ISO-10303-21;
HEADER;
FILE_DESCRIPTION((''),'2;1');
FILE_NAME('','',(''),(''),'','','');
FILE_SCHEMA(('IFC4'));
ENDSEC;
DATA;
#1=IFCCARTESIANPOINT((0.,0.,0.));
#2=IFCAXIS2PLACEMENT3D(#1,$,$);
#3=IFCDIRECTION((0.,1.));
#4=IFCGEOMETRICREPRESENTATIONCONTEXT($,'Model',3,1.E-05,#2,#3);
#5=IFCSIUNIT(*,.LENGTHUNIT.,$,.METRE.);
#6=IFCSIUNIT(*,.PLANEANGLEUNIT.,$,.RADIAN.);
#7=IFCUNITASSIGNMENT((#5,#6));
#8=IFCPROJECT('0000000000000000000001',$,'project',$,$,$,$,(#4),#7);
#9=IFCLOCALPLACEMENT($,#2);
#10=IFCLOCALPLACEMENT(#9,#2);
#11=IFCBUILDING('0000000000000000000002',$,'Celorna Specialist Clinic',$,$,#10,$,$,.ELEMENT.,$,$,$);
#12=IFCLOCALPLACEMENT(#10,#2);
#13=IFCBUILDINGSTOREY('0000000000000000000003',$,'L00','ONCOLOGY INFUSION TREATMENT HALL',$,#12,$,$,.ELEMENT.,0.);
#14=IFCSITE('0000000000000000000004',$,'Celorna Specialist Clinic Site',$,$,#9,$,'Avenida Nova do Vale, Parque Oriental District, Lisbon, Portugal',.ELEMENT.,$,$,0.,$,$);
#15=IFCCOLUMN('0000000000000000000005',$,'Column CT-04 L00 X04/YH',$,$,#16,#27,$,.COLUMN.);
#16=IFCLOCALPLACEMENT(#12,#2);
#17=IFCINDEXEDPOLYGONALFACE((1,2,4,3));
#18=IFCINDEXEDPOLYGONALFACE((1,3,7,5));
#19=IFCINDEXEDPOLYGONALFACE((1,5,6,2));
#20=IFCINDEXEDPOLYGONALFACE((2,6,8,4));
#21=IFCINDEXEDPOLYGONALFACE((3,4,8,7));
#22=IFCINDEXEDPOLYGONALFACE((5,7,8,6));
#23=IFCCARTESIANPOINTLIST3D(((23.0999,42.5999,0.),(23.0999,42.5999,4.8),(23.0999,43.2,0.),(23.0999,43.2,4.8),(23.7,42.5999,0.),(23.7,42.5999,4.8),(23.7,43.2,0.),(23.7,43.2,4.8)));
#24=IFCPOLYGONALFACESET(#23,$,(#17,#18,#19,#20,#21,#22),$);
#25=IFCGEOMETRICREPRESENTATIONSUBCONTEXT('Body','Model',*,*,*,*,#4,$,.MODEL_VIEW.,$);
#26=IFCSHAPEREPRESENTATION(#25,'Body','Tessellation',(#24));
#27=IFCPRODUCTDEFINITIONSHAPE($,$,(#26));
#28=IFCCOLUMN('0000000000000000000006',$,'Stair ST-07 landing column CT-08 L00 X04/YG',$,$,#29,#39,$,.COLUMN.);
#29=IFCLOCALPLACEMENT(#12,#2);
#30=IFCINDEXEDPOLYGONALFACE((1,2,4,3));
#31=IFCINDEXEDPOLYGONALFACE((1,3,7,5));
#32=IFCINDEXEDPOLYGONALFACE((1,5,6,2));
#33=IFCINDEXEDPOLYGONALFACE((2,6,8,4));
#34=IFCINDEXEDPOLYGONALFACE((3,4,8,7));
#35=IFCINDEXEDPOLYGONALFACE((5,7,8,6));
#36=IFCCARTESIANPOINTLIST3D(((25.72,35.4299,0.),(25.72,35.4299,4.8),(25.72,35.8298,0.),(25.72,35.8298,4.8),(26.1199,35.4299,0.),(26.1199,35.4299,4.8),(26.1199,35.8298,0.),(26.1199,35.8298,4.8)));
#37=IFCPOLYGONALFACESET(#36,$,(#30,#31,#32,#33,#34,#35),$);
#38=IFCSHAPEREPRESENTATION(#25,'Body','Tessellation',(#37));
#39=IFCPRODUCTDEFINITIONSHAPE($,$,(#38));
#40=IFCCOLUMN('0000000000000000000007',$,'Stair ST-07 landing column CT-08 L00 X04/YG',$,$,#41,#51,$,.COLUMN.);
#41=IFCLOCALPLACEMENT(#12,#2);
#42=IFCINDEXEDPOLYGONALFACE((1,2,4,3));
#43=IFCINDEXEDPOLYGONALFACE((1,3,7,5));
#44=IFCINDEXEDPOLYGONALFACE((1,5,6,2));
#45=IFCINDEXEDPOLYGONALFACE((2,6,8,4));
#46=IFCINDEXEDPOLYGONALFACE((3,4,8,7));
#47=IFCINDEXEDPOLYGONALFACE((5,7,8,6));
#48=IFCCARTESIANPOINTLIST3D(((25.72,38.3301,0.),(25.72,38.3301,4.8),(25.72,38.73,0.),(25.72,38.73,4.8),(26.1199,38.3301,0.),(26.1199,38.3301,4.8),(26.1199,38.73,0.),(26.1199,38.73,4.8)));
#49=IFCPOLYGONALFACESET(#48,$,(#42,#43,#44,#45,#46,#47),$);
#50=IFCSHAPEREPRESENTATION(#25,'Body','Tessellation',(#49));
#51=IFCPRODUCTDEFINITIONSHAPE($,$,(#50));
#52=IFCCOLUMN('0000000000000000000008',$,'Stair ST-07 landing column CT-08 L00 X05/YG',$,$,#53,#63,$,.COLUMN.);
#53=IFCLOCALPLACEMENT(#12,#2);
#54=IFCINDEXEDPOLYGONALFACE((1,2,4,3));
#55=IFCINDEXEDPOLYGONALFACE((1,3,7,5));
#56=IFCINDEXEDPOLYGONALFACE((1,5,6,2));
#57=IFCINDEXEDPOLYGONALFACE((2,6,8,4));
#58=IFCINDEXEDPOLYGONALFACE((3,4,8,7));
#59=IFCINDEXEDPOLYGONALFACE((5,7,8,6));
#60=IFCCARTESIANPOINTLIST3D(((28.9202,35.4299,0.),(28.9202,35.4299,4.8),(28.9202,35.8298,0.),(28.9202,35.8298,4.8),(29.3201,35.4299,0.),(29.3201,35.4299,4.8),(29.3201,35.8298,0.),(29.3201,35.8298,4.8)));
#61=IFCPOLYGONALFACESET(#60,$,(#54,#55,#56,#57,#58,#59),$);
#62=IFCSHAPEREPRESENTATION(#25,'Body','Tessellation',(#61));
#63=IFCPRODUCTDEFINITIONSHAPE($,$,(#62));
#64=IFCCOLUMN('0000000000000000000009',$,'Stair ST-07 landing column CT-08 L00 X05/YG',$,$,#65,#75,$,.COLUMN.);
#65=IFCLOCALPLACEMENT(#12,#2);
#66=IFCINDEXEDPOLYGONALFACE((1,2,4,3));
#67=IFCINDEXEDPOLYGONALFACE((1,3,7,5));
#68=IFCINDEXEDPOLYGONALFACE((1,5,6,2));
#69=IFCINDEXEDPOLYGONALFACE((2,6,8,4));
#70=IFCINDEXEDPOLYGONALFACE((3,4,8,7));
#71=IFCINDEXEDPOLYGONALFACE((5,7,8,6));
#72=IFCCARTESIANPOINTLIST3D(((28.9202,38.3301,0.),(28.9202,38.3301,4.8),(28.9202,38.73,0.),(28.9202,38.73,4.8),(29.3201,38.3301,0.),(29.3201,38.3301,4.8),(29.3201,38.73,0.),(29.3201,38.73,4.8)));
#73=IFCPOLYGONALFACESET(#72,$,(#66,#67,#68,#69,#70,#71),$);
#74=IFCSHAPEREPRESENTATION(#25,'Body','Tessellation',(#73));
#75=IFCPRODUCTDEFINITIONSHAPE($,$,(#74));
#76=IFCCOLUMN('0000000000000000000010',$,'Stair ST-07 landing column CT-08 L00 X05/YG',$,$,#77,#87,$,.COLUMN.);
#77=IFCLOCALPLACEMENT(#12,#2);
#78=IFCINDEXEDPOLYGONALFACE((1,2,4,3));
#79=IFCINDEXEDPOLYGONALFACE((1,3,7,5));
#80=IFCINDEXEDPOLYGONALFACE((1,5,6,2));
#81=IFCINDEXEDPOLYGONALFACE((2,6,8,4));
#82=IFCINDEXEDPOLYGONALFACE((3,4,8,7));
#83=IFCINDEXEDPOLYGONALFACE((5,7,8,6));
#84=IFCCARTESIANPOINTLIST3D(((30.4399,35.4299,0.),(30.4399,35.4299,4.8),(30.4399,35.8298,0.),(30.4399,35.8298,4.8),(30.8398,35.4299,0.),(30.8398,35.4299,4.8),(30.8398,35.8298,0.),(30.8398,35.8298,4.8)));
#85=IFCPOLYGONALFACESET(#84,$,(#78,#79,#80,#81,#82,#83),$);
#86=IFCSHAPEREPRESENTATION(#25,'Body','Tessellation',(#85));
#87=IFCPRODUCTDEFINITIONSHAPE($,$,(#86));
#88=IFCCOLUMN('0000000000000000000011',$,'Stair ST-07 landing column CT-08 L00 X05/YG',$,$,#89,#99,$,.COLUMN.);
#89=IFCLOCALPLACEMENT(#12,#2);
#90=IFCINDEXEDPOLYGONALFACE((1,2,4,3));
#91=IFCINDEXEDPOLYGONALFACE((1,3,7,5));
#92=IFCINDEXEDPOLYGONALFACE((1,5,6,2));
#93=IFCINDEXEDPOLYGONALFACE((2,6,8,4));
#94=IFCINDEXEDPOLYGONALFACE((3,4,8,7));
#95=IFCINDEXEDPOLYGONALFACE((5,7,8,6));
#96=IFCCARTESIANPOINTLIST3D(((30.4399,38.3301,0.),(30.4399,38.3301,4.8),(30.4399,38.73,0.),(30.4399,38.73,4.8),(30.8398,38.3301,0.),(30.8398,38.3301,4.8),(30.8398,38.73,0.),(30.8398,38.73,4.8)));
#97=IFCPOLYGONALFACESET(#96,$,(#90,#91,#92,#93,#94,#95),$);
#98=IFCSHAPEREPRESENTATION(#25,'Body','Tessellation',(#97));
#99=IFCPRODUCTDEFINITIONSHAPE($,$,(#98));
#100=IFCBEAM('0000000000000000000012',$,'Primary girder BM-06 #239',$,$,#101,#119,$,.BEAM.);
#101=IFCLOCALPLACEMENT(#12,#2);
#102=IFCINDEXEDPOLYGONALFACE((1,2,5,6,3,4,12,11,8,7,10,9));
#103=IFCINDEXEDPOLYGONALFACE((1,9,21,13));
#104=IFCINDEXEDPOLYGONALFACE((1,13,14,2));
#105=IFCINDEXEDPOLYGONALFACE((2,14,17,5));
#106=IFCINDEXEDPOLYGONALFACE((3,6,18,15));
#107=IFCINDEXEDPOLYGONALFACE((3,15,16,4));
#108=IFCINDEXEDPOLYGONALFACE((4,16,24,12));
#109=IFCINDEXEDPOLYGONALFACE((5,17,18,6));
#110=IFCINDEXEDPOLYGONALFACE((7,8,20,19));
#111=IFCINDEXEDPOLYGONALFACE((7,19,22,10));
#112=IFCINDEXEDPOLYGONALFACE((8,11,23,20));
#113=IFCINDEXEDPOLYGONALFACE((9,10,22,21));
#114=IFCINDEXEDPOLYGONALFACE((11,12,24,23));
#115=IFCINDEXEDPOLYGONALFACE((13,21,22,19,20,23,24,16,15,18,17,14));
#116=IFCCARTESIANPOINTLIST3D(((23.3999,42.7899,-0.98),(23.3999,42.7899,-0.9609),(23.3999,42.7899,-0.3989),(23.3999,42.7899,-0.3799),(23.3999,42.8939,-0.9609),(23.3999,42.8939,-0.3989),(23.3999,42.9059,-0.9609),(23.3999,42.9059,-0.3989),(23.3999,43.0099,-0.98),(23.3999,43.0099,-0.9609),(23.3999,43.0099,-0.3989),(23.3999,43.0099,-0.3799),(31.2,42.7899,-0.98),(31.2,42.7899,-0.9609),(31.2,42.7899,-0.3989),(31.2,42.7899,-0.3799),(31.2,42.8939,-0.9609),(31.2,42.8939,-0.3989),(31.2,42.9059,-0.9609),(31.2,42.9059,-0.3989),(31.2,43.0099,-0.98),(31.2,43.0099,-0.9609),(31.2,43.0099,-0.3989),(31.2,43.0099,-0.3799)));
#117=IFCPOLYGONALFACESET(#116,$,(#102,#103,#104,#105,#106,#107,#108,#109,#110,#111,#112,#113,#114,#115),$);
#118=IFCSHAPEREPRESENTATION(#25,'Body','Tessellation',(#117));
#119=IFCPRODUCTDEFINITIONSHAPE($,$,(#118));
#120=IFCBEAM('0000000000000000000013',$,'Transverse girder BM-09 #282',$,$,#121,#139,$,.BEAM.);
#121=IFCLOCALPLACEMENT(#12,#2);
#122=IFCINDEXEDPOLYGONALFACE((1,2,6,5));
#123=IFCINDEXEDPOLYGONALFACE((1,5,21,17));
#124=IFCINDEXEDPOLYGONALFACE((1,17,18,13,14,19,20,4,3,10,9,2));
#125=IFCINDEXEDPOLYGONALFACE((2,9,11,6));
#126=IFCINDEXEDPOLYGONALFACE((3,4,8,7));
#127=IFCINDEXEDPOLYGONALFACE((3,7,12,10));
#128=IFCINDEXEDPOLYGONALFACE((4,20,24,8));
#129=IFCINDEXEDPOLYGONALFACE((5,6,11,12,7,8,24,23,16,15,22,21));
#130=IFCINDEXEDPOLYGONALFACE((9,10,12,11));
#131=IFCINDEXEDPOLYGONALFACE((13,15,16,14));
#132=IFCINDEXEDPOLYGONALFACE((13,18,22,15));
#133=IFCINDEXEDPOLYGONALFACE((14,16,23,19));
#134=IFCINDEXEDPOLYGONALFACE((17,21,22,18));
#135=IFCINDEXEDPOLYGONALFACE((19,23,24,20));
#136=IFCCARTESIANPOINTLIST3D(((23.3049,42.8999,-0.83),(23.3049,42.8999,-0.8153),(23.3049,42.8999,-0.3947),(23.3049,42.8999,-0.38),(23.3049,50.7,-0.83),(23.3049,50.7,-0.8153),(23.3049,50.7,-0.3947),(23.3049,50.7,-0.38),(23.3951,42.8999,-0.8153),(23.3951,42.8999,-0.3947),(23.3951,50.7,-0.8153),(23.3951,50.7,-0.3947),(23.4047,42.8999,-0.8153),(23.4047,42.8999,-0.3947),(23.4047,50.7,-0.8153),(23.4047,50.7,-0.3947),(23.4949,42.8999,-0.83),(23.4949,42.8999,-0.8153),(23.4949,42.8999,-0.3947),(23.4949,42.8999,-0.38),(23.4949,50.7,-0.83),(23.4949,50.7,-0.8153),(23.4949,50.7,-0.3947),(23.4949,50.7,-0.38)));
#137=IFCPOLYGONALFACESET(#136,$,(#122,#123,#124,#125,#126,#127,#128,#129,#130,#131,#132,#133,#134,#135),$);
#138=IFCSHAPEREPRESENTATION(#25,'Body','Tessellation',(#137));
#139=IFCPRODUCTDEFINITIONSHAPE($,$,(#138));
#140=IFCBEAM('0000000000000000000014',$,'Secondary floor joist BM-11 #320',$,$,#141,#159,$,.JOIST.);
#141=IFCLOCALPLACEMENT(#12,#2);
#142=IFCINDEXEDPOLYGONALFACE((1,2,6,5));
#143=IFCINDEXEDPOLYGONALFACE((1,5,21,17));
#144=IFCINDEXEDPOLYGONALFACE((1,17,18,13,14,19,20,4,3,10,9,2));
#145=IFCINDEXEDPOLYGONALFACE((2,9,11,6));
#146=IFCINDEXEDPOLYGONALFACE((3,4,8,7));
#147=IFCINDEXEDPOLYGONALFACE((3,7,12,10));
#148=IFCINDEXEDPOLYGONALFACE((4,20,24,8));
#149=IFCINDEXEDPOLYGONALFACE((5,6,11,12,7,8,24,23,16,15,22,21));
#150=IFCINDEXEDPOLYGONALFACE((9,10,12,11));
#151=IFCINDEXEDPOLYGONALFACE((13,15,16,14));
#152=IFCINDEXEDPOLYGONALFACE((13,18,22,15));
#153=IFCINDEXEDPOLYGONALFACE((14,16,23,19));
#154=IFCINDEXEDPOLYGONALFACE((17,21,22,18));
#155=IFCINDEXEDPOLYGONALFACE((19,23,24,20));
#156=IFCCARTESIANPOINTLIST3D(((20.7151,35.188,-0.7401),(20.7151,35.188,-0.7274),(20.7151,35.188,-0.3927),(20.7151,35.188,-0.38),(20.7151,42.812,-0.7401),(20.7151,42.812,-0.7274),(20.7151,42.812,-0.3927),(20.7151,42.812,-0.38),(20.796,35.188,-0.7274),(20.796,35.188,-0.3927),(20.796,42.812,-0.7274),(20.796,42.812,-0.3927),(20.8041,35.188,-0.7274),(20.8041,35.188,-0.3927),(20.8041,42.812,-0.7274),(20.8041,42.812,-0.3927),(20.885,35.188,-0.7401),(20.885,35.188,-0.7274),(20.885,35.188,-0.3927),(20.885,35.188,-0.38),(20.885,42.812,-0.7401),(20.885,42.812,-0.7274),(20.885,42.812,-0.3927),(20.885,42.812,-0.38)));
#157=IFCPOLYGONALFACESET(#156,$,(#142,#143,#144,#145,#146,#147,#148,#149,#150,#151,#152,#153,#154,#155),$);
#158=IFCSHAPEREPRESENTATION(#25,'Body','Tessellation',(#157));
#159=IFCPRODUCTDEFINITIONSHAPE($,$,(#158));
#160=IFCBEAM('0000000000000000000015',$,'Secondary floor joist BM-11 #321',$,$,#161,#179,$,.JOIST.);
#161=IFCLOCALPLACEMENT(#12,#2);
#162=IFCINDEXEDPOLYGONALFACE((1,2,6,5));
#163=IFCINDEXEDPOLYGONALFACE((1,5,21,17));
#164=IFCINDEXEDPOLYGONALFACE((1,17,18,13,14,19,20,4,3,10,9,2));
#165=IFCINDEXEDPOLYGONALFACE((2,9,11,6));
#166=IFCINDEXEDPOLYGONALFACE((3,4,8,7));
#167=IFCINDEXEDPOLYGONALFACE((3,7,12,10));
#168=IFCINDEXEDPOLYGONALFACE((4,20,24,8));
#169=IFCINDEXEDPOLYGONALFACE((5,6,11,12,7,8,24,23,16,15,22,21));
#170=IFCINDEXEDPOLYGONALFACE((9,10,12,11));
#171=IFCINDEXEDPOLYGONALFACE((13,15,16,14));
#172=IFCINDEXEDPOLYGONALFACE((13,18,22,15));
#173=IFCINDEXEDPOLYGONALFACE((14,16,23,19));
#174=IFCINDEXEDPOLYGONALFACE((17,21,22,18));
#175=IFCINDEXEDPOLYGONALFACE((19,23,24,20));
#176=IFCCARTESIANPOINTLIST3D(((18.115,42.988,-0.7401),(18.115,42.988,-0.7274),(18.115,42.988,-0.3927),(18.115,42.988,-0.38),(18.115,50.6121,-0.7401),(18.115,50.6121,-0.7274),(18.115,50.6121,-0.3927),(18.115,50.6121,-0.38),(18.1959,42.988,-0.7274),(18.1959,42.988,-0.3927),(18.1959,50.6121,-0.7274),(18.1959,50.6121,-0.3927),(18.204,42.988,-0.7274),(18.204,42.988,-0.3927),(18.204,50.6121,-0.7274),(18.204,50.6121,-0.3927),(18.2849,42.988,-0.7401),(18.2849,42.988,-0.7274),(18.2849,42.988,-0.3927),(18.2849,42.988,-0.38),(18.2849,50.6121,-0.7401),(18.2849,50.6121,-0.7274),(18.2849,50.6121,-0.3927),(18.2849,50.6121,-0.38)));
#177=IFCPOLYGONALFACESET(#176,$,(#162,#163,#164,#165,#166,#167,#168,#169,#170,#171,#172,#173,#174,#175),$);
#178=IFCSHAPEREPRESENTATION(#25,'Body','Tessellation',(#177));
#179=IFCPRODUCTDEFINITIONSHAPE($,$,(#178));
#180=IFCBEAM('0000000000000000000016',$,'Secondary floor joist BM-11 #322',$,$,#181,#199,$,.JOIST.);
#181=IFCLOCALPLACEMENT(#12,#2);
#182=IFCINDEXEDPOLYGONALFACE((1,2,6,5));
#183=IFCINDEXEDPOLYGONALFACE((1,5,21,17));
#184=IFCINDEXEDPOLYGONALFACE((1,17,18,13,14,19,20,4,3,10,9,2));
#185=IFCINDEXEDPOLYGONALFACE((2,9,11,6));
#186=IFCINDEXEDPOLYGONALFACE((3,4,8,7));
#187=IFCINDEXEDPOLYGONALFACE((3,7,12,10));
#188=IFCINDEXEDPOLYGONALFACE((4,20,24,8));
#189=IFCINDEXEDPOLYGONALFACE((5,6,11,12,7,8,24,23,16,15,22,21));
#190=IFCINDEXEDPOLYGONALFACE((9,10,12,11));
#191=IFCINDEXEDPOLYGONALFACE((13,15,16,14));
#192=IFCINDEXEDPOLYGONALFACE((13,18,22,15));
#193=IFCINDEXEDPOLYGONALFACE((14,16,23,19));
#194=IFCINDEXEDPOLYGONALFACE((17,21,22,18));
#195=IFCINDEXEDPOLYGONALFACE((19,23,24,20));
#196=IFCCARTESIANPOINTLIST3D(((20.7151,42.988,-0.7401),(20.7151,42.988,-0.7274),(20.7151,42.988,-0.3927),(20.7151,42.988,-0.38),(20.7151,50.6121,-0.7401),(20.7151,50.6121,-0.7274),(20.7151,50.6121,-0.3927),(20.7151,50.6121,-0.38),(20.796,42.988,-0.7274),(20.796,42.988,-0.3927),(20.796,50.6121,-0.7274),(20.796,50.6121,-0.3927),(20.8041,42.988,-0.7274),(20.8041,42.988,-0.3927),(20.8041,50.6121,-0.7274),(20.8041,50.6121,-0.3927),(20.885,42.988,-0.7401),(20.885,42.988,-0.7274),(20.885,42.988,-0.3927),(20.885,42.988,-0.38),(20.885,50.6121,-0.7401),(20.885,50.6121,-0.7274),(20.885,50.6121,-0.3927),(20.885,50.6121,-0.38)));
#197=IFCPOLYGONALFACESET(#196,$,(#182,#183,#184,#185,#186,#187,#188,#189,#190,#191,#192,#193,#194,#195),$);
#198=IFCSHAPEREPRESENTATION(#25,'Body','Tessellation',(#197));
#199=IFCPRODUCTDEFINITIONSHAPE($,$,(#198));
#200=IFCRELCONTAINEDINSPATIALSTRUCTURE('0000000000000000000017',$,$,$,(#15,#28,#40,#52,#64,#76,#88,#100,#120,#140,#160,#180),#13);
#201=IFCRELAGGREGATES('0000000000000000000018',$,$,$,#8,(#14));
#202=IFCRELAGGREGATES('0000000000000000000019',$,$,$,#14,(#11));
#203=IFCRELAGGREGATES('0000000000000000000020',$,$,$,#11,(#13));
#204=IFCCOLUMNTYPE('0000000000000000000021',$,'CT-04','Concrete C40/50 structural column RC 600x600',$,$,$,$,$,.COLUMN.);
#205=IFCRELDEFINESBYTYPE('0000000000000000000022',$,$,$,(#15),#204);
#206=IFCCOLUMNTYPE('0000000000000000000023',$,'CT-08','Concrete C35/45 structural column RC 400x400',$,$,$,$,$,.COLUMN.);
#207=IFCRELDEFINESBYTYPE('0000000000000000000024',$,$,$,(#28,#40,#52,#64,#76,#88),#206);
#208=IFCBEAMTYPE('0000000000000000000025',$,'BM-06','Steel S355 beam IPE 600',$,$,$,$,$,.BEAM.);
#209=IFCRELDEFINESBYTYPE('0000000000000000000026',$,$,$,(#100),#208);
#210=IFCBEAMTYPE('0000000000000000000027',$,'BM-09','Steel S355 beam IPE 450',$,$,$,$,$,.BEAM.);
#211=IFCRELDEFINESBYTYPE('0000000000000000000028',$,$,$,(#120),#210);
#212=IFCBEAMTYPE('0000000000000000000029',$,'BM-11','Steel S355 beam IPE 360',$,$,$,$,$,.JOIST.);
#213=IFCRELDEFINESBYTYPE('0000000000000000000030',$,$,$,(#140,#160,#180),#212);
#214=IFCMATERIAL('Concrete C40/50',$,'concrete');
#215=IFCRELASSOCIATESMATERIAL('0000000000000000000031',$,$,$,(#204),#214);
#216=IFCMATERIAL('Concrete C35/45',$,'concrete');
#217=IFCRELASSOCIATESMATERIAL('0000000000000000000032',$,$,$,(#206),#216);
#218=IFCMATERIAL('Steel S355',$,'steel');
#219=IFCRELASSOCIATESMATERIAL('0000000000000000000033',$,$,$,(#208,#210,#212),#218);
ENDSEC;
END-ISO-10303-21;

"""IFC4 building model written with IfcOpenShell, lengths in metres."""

from ifc_helpers import new_model, si_unit, direction, frame, origin, origin_2d, place, context, subcontext, project, spatial, rectangle, i_section, extrude, material, material_profile, profile_set, type_object, element, save


model = new_model("IFC4")

# Units and contexts
model_context = context("Model", 3, precision=1e-05, world=origin(), true_north=direction((0.0, 1.0)))
body_context = subcontext(model_context, "Body", "Model", "MODEL_VIEW")
ifc_project = project(units=[si_unit("LENGTHUNIT", "METRE"), si_unit("PLANEANGLEUNIT", "RADIAN")], contexts=[model_context])

# Site, building, storey
site_placement = place(None, origin())
site = spatial("IfcSite", under=ifc_project, at=site_placement, Name="Celorna Specialist Clinic Site", LongName="Avenida Nova do Vale, Parque Oriental District, Lisbon, Portugal", CompositionType="ELEMENT", RefElevation=0.0)
building_placement = place(site_placement, origin())
building = spatial("IfcBuilding", under=site, at=building_placement, Name="Celorna Specialist Clinic", CompositionType="ELEMENT")
storey_placement = place(building_placement, origin())
storey = spatial("IfcBuildingStorey", under=building, at=storey_placement, Name="L00", Description="ONCOLOGY INFUSION TREATMENT HALL", CompositionType="ELEMENT", Elevation=0.0)

# Columns
ifc_material_1 = material(Name="Concrete C40/50", Category="concrete")
ifc_material_profile_1 = material_profile(ifc_material_1, rectangle(XDim=0.6001, YDim=0.6001, at=origin_2d()), Name="RC 600x600")
ifc_profile_set_1 = profile_set([ifc_material_profile_1], Name="Concrete C40/50")
column_type_1 = type_object("IfcColumnType", Name="CT-04", Description="Concrete C40/50 structural column RC 600x600", PredefinedType="COLUMN", material=ifc_profile_set_1)
column_placement = place(storey_placement, frame((23.3999, 42.8999, 0.0), z_axis=(0.0, 0.0, 1.0), x_axis=(1.0, 0.0, 0.0)))
element("IfcColumn", 1, at=column_placement, inside=storey, type_object=column_type_1, Name="Column CT-04 L00 X04/YH", PredefinedType="COLUMN", context=body_context, shape_type="SweptSolid", body=[
    extrude(rectangle(XDim=0.6001, YDim=0.6001, at=origin_2d()), origin(), (0.0, 0.0, 1.0), 4.8),
])
ifc_material_2 = material(Name="Concrete C35/45", Category="concrete")
ifc_material_profile_2 = material_profile(ifc_material_2, rectangle(XDim=0.3999, YDim=0.3999, at=origin_2d()), Name="RC 400x400")
ifc_profile_set_2 = profile_set([ifc_material_profile_2], Name="Concrete C35/45")
column_type_2 = type_object("IfcColumnType", Name="CT-08", Description="Concrete C35/45 structural column RC 400x400", PredefinedType="COLUMN", material=ifc_profile_set_2)
for number, where, z_axis, x_axis, name in (
    (2, (25.9199, 35.6299, 0.0), (0.0, 0.0, 1.0), (1.0, 0.0, 0.0), "Stair ST-07 landing column CT-08 L00 X04/YG"),
    (3, (25.9199, 38.53, 0.0), (0.0, 0.0, 1.0), (1.0, 0.0, 0.0), "Stair ST-07 landing column CT-08 L00 X04/YG"),
    (4, (29.1201, 35.6299, 0.0), (0.0, 0.0, 1.0), (1.0, 0.0, 0.0), "Stair ST-07 landing column CT-08 L00 X05/YG"),
    (5, (29.1201, 38.53, 0.0), (0.0, 0.0, 1.0), (1.0, 0.0, 0.0), "Stair ST-07 landing column CT-08 L00 X05/YG"),
    (6, (30.6399, 35.6299, 0.0), (0.0, 0.0, 1.0), (1.0, 0.0, 0.0), "Stair ST-07 landing column CT-08 L00 X05/YG"),
    (7, (30.6399, 38.53, 0.0), (0.0, 0.0, 1.0), (1.0, 0.0, 0.0), "Stair ST-07 landing column CT-08 L00 X05/YG"),
):
    element("IfcColumn", number, at=place(storey_placement, frame(where, z_axis=z_axis, x_axis=x_axis)), inside=storey, type_object=column_type_2, Name=name, PredefinedType="COLUMN", context=body_context, shape_type="SweptSolid", body=[
        extrude(rectangle(XDim=0.3999, YDim=0.3999, at=origin_2d()), origin(), (0.0, 0.0, 1.0), 4.8),
    ])

# Beams
ifc_material_3 = material(Name="Steel S355", Category="steel")
ifc_material_profile_3 = material_profile(ifc_material_3, i_section(OverallWidth=0.22, OverallDepth=0.6001, WebThickness=0.012, FlangeThickness=0.019, at=origin_2d()), Name="IPE 600")
ifc_profile_set_3 = profile_set([ifc_material_profile_3], Name="Steel S355")
beam_type_1 = type_object("IfcBeamType", Name="BM-06", Description="Steel S355 beam IPE 600", PredefinedType="BEAM", material=ifc_profile_set_3)
beam_1_placement = place(storey_placement, frame((23.3999, 42.8999, -0.6799), z_axis=(1.0, 0.0, 0.0), x_axis=(0.0, 1.0, 0.0)))
element("IfcBeam", 8, at=beam_1_placement, inside=storey, type_object=beam_type_1, Name="Primary girder BM-06 #239", PredefinedType="BEAM", context=body_context, shape_type="SweptSolid", body=[
    extrude(i_section(OverallWidth=0.22, OverallDepth=0.6001, WebThickness=0.012, FlangeThickness=0.019, at=origin_2d()), origin(), (0.0, 0.0, 1.0), 7.8),
])
ifc_material_profile_4 = material_profile(ifc_material_3, i_section(OverallWidth=0.1899, OverallDepth=0.45, WebThickness=0.0095, FlangeThickness=0.0146, at=origin_2d()), Name="IPE 450")
ifc_profile_set_4 = profile_set([ifc_material_profile_4], Name="Steel S355")
beam_type_2 = type_object("IfcBeamType", Name="BM-09", Description="Steel S355 beam IPE 450", PredefinedType="BEAM", material=ifc_profile_set_4)
beam_2_placement = place(storey_placement, frame((23.3999, 42.8999, -0.605), z_axis=(0.0, 1.0, 0.0), x_axis=(-1.0, 0.0, 0.0)))
element("IfcBeam", 9, at=beam_2_placement, inside=storey, type_object=beam_type_2, Name="Transverse girder BM-09 #282", PredefinedType="BEAM", context=body_context, shape_type="SweptSolid", body=[
    extrude(i_section(OverallWidth=0.1899, OverallDepth=0.45, WebThickness=0.0095, FlangeThickness=0.0146, at=origin_2d()), origin(), (0.0, 0.0, 1.0), 7.8),
])
ifc_material_profile_5 = material_profile(ifc_material_3, i_section(OverallWidth=0.1699, OverallDepth=0.3601, WebThickness=0.0081, FlangeThickness=0.0127, at=origin_2d()), Name="IPE 360")
ifc_profile_set_5 = profile_set([ifc_material_profile_5], Name="Steel S355")
beam_type_3 = type_object("IfcBeamType", Name="BM-11", Description="Steel S355 beam IPE 360", PredefinedType="JOIST", material=ifc_profile_set_5)
for number, where, z_axis, x_axis, name in (
    (10, (20.8, 35.188, -0.5601), (0.0, 1.0, 0.0), (-1.0, 0.0, 0.0), "Secondary floor joist BM-11 #320"),
    (11, (18.2, 42.988, -0.5601), (0.0, 1.0, 0.0), (-1.0, 0.0, 0.0), "Secondary floor joist BM-11 #321"),
    (12, (20.8, 42.988, -0.5601), (0.0, 1.0, 0.0), (-1.0, 0.0, 0.0), "Secondary floor joist BM-11 #322"),
):
    element("IfcBeam", number, at=place(storey_placement, frame(where, z_axis=z_axis, x_axis=x_axis)), inside=storey, type_object=beam_type_3, Name=name, PredefinedType="JOIST", context=body_context, shape_type="SweptSolid", body=[
        extrude(i_section(OverallWidth=0.1699, OverallDepth=0.3601, WebThickness=0.0081, FlangeThickness=0.0127, at=origin_2d()), origin(), (0.0, 0.0, 1.0), 7.624),
    ])

save(model, "model.ifc")
